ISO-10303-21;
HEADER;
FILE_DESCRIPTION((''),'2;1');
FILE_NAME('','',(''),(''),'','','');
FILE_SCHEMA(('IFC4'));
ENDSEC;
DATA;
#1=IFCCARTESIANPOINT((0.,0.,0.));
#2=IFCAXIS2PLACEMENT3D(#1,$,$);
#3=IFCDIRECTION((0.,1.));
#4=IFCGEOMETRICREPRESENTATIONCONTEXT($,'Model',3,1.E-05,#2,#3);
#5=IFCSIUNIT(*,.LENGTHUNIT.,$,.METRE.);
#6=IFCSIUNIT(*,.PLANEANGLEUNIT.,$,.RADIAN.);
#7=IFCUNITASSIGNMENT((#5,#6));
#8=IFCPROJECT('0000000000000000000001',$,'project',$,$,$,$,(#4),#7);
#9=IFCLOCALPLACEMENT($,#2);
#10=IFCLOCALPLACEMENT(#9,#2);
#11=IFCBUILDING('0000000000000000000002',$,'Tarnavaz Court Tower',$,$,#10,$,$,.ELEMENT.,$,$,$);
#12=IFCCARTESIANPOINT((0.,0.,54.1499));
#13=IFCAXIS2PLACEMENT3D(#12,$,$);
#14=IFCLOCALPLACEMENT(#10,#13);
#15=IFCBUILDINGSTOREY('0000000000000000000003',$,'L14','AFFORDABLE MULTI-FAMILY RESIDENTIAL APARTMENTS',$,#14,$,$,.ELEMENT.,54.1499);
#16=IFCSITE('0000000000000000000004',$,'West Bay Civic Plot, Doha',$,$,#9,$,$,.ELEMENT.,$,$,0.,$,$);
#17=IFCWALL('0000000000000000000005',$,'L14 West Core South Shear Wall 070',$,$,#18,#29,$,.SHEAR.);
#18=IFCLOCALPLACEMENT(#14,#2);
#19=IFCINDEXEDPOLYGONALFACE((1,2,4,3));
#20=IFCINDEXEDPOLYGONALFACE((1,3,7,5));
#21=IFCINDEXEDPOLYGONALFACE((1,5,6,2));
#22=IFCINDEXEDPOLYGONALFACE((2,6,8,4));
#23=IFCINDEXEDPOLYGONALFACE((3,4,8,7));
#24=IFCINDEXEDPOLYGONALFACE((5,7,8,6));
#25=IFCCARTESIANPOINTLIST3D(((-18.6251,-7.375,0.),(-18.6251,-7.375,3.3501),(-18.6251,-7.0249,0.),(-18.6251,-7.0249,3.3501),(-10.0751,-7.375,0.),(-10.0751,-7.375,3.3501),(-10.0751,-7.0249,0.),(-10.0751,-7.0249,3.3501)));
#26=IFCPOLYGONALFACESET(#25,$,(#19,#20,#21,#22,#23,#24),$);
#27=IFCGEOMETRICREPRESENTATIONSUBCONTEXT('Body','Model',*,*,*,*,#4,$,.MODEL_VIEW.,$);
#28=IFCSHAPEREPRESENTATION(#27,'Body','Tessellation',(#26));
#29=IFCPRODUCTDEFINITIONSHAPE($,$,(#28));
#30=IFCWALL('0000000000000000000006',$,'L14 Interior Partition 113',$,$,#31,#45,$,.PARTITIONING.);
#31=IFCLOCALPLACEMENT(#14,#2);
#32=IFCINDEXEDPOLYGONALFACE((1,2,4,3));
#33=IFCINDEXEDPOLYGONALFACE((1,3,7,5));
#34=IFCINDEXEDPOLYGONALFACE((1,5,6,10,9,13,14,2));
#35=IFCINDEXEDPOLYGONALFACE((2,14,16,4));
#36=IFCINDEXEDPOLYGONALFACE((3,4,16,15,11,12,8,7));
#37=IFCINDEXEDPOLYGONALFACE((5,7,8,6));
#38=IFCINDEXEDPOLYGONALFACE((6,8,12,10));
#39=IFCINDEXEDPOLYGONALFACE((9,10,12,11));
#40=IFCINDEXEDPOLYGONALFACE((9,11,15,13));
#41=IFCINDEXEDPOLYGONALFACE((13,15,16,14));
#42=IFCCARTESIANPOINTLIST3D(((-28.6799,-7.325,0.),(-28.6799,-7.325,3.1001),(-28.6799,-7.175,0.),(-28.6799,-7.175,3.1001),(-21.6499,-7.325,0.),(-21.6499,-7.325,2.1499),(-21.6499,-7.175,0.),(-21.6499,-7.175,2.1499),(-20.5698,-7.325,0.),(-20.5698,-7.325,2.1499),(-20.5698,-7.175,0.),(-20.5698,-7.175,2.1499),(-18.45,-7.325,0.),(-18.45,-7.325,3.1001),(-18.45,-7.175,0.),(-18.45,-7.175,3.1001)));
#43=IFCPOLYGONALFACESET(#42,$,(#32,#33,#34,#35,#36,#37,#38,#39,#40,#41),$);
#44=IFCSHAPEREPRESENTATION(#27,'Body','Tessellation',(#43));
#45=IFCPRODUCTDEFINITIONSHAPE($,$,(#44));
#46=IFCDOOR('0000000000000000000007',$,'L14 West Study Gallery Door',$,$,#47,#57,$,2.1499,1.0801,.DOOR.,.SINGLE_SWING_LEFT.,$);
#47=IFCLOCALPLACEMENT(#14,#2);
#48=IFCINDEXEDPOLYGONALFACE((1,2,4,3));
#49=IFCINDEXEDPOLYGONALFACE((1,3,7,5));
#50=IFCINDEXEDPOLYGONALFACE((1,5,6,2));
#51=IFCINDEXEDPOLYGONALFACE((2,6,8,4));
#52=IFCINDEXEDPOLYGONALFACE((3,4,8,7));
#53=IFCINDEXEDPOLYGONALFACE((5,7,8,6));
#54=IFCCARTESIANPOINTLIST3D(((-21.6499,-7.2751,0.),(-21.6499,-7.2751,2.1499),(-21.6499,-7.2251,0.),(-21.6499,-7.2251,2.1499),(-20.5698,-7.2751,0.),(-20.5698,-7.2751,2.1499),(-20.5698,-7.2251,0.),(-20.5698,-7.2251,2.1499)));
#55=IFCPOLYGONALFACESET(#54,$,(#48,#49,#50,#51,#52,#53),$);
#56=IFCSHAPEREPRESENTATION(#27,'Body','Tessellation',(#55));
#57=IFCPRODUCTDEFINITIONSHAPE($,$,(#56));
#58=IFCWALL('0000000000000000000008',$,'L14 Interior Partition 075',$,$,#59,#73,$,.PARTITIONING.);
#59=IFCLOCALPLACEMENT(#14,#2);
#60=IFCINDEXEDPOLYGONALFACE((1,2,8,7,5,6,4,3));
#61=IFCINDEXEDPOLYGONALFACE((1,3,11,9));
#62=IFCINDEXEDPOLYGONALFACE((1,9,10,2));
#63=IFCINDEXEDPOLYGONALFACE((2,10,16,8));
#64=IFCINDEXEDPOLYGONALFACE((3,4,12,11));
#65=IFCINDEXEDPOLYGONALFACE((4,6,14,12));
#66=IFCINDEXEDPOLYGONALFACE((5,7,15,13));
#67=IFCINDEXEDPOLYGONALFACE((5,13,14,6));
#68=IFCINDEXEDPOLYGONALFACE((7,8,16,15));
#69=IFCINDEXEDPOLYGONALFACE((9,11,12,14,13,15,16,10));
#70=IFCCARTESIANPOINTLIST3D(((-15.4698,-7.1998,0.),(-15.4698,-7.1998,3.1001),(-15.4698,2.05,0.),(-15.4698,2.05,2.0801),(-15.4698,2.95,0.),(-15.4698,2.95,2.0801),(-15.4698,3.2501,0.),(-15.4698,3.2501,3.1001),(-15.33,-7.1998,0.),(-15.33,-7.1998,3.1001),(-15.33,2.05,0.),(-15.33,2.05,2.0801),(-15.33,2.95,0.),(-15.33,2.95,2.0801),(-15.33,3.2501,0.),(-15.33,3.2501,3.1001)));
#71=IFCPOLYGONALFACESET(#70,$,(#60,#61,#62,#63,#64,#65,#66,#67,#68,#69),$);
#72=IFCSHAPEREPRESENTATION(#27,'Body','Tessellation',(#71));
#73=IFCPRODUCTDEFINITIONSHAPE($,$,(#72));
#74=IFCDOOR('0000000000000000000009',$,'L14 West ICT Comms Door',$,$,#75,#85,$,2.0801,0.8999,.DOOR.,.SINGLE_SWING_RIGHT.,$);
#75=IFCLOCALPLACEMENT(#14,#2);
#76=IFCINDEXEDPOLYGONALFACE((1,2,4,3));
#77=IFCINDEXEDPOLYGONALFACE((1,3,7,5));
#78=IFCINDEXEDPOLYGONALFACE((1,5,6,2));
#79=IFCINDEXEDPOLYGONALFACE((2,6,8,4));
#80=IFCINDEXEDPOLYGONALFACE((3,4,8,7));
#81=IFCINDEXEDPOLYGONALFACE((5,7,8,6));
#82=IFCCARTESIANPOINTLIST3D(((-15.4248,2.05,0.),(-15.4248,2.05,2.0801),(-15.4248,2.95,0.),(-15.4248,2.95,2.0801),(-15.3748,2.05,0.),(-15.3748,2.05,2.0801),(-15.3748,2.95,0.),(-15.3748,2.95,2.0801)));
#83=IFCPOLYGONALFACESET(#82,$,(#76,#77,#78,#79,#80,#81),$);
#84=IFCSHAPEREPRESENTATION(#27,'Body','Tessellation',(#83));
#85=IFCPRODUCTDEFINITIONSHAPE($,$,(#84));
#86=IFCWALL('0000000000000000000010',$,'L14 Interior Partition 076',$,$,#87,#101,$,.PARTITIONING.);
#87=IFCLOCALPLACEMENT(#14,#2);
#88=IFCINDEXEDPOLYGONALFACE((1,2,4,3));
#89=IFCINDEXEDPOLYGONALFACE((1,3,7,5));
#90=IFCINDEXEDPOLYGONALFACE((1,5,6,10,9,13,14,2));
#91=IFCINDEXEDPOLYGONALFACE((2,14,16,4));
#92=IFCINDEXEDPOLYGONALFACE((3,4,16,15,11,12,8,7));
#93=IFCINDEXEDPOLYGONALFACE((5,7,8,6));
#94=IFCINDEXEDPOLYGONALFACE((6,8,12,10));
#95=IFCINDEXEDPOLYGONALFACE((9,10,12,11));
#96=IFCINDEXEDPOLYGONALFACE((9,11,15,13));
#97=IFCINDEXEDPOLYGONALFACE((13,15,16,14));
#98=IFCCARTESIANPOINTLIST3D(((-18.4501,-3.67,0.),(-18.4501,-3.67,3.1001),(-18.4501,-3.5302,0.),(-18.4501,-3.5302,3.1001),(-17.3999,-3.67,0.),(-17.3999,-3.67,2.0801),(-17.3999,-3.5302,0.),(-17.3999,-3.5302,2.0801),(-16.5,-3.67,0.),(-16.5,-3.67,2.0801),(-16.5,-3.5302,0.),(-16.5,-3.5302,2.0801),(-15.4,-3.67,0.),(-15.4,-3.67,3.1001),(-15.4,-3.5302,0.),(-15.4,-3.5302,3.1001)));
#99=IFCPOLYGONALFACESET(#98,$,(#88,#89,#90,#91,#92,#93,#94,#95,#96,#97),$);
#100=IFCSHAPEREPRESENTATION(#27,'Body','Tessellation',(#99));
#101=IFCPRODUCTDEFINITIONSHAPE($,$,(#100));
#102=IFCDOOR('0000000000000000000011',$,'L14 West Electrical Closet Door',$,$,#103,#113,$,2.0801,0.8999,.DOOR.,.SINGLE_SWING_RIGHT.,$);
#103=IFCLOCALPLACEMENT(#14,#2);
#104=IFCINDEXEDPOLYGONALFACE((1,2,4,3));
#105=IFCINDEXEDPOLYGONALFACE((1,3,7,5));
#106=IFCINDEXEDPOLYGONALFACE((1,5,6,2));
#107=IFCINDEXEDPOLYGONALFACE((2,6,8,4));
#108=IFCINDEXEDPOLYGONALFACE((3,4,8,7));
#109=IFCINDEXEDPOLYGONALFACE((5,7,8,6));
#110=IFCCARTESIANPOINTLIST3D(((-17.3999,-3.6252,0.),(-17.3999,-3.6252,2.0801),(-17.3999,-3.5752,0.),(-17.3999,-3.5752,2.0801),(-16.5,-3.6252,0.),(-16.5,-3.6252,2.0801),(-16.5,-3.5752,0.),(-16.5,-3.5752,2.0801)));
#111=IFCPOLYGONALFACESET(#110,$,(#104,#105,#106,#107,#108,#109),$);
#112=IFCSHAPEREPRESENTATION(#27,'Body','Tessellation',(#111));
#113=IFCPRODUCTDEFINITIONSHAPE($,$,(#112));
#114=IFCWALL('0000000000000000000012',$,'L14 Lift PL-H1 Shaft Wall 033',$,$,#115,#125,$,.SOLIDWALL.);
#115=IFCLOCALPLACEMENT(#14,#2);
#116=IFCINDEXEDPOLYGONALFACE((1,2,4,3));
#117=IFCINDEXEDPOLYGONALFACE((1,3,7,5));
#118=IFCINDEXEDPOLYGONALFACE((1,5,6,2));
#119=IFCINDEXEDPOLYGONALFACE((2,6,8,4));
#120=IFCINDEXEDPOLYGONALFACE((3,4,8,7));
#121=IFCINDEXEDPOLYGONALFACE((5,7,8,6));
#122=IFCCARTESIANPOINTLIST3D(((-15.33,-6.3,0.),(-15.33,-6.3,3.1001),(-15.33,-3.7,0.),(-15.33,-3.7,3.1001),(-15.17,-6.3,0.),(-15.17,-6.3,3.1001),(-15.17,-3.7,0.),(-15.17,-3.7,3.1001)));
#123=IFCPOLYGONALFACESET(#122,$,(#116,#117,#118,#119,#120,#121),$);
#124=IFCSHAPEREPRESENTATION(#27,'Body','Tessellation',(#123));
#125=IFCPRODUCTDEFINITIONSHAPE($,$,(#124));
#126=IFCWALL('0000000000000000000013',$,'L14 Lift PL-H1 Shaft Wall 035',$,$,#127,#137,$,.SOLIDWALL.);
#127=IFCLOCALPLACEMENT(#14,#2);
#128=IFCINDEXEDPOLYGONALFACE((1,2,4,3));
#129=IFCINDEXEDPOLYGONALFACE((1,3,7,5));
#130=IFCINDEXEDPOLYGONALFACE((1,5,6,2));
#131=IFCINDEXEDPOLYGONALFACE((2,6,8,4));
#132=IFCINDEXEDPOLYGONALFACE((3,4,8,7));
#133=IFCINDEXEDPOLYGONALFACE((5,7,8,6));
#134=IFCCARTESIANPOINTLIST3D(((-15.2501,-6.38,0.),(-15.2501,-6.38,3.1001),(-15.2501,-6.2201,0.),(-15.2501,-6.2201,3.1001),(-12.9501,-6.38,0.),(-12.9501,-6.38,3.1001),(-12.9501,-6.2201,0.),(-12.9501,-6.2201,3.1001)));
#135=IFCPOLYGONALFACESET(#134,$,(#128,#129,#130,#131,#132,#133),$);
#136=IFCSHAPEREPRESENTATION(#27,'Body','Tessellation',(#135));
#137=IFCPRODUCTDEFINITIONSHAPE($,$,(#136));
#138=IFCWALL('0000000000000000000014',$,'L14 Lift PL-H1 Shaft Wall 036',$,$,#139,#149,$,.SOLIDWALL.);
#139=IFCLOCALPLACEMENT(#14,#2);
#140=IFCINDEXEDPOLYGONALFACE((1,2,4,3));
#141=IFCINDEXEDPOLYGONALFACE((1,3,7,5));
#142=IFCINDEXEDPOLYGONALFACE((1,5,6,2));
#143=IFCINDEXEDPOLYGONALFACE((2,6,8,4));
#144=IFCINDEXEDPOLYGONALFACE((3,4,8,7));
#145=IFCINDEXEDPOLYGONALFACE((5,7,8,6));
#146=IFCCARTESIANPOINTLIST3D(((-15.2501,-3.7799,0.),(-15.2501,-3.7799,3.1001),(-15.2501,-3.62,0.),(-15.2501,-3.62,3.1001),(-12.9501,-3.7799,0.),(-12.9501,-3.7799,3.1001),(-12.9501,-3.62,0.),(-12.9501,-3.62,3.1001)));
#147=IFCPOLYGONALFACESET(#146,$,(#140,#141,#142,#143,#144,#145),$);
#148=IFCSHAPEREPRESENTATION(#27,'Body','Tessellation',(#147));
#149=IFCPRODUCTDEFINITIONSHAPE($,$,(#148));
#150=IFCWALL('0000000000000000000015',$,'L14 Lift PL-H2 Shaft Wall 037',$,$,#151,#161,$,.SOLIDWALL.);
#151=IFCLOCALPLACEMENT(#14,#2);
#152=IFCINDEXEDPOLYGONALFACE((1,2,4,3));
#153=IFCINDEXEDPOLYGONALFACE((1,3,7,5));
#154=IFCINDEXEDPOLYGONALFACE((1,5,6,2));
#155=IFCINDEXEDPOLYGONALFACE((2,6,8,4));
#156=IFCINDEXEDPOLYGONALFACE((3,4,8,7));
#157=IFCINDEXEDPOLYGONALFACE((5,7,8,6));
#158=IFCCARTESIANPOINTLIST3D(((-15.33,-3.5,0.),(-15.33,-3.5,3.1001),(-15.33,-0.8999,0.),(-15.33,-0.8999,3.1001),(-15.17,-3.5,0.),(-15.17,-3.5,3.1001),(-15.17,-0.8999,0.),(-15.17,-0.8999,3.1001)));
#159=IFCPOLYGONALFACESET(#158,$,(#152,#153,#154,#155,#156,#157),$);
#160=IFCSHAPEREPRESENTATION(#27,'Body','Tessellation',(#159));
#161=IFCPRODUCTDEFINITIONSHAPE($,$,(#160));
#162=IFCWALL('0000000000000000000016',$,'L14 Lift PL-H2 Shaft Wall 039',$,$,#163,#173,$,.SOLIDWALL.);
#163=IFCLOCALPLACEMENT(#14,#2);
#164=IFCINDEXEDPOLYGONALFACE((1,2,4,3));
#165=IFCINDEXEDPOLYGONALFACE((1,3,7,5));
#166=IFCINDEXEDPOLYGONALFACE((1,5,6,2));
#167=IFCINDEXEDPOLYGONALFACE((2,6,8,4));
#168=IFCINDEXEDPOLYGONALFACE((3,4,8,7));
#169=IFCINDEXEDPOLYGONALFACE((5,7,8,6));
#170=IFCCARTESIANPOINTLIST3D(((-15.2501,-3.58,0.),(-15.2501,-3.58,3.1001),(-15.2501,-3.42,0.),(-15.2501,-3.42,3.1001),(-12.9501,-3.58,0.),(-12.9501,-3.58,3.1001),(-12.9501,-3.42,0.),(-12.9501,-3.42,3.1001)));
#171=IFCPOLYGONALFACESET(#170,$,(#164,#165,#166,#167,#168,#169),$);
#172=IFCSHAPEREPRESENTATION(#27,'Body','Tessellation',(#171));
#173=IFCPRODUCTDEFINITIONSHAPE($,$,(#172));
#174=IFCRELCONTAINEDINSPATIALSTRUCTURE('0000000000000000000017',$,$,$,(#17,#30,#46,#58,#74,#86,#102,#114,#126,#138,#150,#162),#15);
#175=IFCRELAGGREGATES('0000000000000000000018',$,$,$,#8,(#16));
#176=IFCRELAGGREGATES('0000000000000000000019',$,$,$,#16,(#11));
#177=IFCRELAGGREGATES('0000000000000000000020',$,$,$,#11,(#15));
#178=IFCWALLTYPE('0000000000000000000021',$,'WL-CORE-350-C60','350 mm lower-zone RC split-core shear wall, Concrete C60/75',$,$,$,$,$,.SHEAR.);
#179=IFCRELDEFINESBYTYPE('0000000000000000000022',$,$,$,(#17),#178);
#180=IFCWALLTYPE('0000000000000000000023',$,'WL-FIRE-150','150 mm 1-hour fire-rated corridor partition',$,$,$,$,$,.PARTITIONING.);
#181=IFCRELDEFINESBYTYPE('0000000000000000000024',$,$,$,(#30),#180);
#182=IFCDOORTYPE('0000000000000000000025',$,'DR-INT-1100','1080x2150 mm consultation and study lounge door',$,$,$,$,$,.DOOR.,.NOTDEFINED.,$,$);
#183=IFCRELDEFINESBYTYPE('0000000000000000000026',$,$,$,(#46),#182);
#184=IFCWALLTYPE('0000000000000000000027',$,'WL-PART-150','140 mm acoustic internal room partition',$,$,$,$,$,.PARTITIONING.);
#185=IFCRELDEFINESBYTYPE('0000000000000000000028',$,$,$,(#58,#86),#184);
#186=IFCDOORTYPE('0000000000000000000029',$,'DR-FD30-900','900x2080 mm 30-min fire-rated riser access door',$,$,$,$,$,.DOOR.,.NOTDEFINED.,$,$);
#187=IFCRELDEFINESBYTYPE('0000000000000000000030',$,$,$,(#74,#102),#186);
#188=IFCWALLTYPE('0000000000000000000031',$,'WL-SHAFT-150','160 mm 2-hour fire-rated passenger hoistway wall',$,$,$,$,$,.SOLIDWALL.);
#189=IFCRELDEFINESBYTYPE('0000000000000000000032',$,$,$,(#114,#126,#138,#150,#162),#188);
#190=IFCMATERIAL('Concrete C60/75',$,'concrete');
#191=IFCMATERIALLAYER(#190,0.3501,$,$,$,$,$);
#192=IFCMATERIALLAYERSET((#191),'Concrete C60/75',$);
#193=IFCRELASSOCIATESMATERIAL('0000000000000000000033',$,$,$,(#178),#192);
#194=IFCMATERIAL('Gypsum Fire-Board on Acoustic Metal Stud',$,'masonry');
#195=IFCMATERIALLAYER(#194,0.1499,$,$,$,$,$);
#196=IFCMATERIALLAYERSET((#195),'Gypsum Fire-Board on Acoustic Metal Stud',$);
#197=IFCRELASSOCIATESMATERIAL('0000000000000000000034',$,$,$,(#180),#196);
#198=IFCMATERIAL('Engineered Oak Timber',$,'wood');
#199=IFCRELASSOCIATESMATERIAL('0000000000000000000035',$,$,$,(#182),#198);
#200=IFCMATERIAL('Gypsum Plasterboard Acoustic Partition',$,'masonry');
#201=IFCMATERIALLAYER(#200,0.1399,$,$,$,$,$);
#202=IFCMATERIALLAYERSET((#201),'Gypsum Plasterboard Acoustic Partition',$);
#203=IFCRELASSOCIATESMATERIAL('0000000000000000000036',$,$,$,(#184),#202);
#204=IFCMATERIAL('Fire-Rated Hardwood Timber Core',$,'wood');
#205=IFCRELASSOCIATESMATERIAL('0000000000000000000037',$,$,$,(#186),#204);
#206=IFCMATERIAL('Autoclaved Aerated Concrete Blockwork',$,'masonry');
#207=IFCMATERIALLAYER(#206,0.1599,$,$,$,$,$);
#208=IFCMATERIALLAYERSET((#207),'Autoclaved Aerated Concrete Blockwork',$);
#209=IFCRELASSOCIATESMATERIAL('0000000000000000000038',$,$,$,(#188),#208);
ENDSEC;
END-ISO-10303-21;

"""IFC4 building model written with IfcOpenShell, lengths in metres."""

from ifc_helpers import new_model, si_unit, direction, frame, frame_2d, origin, place, context, subcontext, project, spatial, rectangle, extrude, material, layer, layer_set, type_object, element, fill, save


model = new_model("IFC4")

# Units and contexts
model_context = context("Model", 3, precision=1e-05, world=origin(), true_north=direction((0.0, 1.0)))
body_context = subcontext(model_context, "Body", "Model", "MODEL_VIEW")
ifc_project = project(units=[si_unit("LENGTHUNIT", "METRE"), si_unit("PLANEANGLEUNIT", "RADIAN")], contexts=[model_context])

# Site, building, storey
site_placement = place(None, origin())
site = spatial("IfcSite", under=ifc_project, at=site_placement, Name="West Bay Civic Plot, Doha", CompositionType="ELEMENT", RefElevation=0.0)
building_placement = place(site_placement, origin())
building = spatial("IfcBuilding", under=site, at=building_placement, Name="Tarnavaz Court Tower", CompositionType="ELEMENT")
storey_placement = place(building_placement, frame((0.0, 0.0, 54.1499)))
storey = spatial("IfcBuildingStorey", under=building, at=storey_placement, Name="L14", Description="AFFORDABLE MULTI-FAMILY RESIDENTIAL APARTMENTS", CompositionType="ELEMENT", Elevation=54.1499)

# Shared definitions
ifc_material_1 = material(Name="Concrete C60/75", Category="concrete")

# Wall
ifc_layer_1 = layer(ifc_material_1, 0.3501)
ifc_layer_set_1 = layer_set([ifc_layer_1], Name="Concrete C60/75")
wall_type_1 = type_object("IfcWallType", Name="WL-CORE-350-C60", Description="350 mm lower-zone RC split-core shear wall, Concrete C60/75", PredefinedType="SHEAR", material=ifc_layer_set_1)
wall_1_placement = place(storey_placement, frame((-18.625, -7.2, 0.0), z_axis=(0.0, 0.0, 1.0), x_axis=(1.0, 0.0, 0.0)))
element("IfcWall", 1, at=wall_1_placement, inside=storey, type_object=wall_type_1, Name="L14 West Core South Shear Wall 070", PredefinedType="SHEAR", context=body_context, shape_type="SweptSolid", body=[
    extrude(rectangle(XDim=8.55, YDim=0.3501, at=frame_2d((4.2749, 0.0))), origin(), (0.0, 0.0, 1.0), 3.3501),
])

# Walls, openings, doors
ifc_material_2 = material(Name="Gypsum Fire-Board on Acoustic Metal Stud", Category="masonry")
ifc_layer_2 = layer(ifc_material_2, 0.1499)
ifc_layer_set_2 = layer_set([ifc_layer_2], Name="Gypsum Fire-Board on Acoustic Metal Stud")
wall_type_2 = type_object("IfcWallType", Name="WL-FIRE-150", Description="150 mm 1-hour fire-rated corridor partition", PredefinedType="PARTITIONING", material=ifc_layer_set_2)
wall_2_placement = place(storey_placement, frame((-28.6799, -7.25, 0.0), z_axis=(0.0, 0.0, 1.0), x_axis=(1.0, 0.0, 0.0)))
wall_2 = element("IfcWall", 2, at=wall_2_placement, inside=storey, type_object=wall_type_2, Name="L14 Interior Partition 113", PredefinedType="PARTITIONING", context=body_context, shape_type="SweptSolid", body=[
    extrude(rectangle(XDim=10.23, YDim=0.1499, at=frame_2d((5.115, 0.0))), origin(), (0.0, 0.0, 1.0), 3.1001),
])
opening_1_placement = place(wall_2_placement, frame((7.03, 0.0, 0.0)))
opening_1 = element("IfcOpeningElement", 3, at=opening_1_placement, cuts=wall_2, PredefinedType="OPENING", context=body_context, shape_type="SweptSolid", body=[
    extrude(rectangle(XDim=1.0801, YDim=2.1499, at=frame_2d((0.54, 1.075))), frame((0.0, 0.085, 0.0), z_axis=(0.0, -1.0, 0.0), x_axis=(1.0, 0.0, 0.0)), (0.0, 0.0, 1.0), 0.1699),
])
ifc_material_3 = material(Name="Engineered Oak Timber", Category="wood")
door_type_1 = type_object("IfcDoorType", Name="DR-INT-1100", Description="1080x2150 mm consultation and study lounge door", OperationType="NOTDEFINED", PredefinedType="DOOR", material=ifc_material_3)
door_1_placement = place(opening_1_placement, origin())
door_1 = element("IfcDoor", 4, at=door_1_placement, inside=storey, type_object=door_type_1, Name="L14 West Study Gallery Door", OperationType="SINGLE_SWING_LEFT", OverallHeight=2.1499, OverallWidth=1.0801, PredefinedType="DOOR", context=body_context, shape_type="SweptSolid", body=[
    extrude(rectangle(XDim=1.0801, YDim=2.1499, at=frame_2d((0.54, 1.075))), frame((0.0, 0.0249, 0.0), z_axis=(0.0, -1.0, 0.0), x_axis=(1.0, 0.0, 0.0)), (0.0, 0.0, 1.0), 0.05),
])
fill(opening_1, door_1)
ifc_material_4 = material(Name="Gypsum Plasterboard Acoustic Partition", Category="masonry")
ifc_layer_3 = layer(ifc_material_4, 0.1399)
ifc_layer_set_3 = layer_set([ifc_layer_3], Name="Gypsum Plasterboard Acoustic Partition")
wall_type_3 = type_object("IfcWallType", Name="WL-PART-150", Description="140 mm acoustic internal room partition", PredefinedType="PARTITIONING", material=ifc_layer_set_3)
wall_3_placement = place(storey_placement, frame((-15.3999, -7.2, 0.0), z_axis=(0.0, 0.0, 1.0), x_axis=(0.0, 1.0, 0.0)))
wall_3 = element("IfcWall", 5, at=wall_3_placement, inside=storey, type_object=wall_type_3, Name="L14 Interior Partition 075", PredefinedType="PARTITIONING", context=body_context, shape_type="SweptSolid", body=[
    extrude(rectangle(XDim=10.45, YDim=0.1399, at=frame_2d((5.2251, 0.0))), origin(), (0.0, 0.0, 1.0), 3.1001),
])
opening_2_placement = place(wall_3_placement, frame((9.25, 0.0, 0.0)))
opening_2 = element("IfcOpeningElement", 6, at=opening_2_placement, cuts=wall_3, PredefinedType="OPENING", context=body_context, shape_type="SweptSolid", body=[
    extrude(rectangle(XDim=0.8999, YDim=2.0801, at=frame_2d((0.45, 1.04))), frame((0.0, 0.0798, 0.0), z_axis=(0.0, -1.0, 0.0), x_axis=(1.0, 0.0, 0.0)), (0.0, 0.0, 1.0), 0.1599),
])
ifc_material_5 = material(Name="Fire-Rated Hardwood Timber Core", Category="wood")
door_type_2 = type_object("IfcDoorType", Name="DR-FD30-900", Description="900x2080 mm 30-min fire-rated riser access door", OperationType="NOTDEFINED", PredefinedType="DOOR", material=ifc_material_5)
door_2_placement = place(opening_2_placement, origin())
door_2 = element("IfcDoor", 7, at=door_2_placement, inside=storey, type_object=door_type_2, Name="L14 West ICT Comms Door", OperationType="SINGLE_SWING_RIGHT", OverallHeight=2.0801, OverallWidth=0.8999, PredefinedType="DOOR", context=body_context, shape_type="SweptSolid", body=[
    extrude(rectangle(XDim=0.8999, YDim=2.0801, at=frame_2d((0.45, 1.04))), frame((0.0, 0.0249, 0.0), z_axis=(0.0, -1.0, 0.0), x_axis=(1.0, 0.0, 0.0)), (0.0, 0.0, 1.0), 0.05),
])
fill(opening_2, door_2)
wall_4_placement = place(storey_placement, frame((-18.45, -3.6001, 0.0), z_axis=(0.0, 0.0, 1.0), x_axis=(1.0, 0.0, 0.0)))
wall_4 = element("IfcWall", 8, at=wall_4_placement, inside=storey, type_object=wall_type_3, Name="L14 Interior Partition 076", PredefinedType="PARTITIONING", context=body_context, shape_type="SweptSolid", body=[
    extrude(rectangle(XDim=3.05, YDim=0.1399, at=frame_2d((1.5249, 0.0))), origin(), (0.0, 0.0, 1.0), 3.1001),
])
opening_3_placement = place(wall_4_placement, frame((1.05, 0.0, 0.0)))
opening_3 = element("IfcOpeningElement", 9, at=opening_3_placement, cuts=wall_4, PredefinedType="OPENING", context=body_context, shape_type="SweptSolid", body=[
    extrude(rectangle(XDim=0.8999, YDim=2.0801, at=frame_2d((0.45, 1.04))), frame((0.0, 0.0798, 0.0), z_axis=(0.0, -1.0, 0.0), x_axis=(1.0, 0.0, 0.0)), (0.0, 0.0, 1.0), 0.1599),
])
door_3_placement = place(opening_3_placement, origin())
door_3 = element("IfcDoor", 10, at=door_3_placement, inside=storey, type_object=door_type_2, Name="L14 West Electrical Closet Door", OperationType="SINGLE_SWING_RIGHT", OverallHeight=2.0801, OverallWidth=0.8999, PredefinedType="DOOR", context=body_context, shape_type="SweptSolid", body=[
    extrude(rectangle(XDim=0.8999, YDim=2.0801, at=frame_2d((0.45, 1.04))), frame((0.0, 0.0249, 0.0), z_axis=(0.0, -1.0, 0.0), x_axis=(1.0, 0.0, 0.0)), (0.0, 0.0, 1.0), 0.05),
])
fill(opening_3, door_3)

# Walls
ifc_material_6 = material(Name="Autoclaved Aerated Concrete Blockwork", Category="masonry")
ifc_layer_4 = layer(ifc_material_6, 0.1599)
ifc_layer_set_4 = layer_set([ifc_layer_4], Name="Autoclaved Aerated Concrete Blockwork")
wall_type_4 = type_object("IfcWallType", Name="WL-SHAFT-150", Description="160 mm 2-hour fire-rated passenger hoistway wall", PredefinedType="SOLIDWALL", material=ifc_layer_set_4)
wall_5_placement = place(storey_placement, frame((-15.25, -6.3, 0.0), z_axis=(0.0, 0.0, 1.0), x_axis=(0.0, 1.0, 0.0)))
element("IfcWall", 11, at=wall_5_placement, inside=storey, type_object=wall_type_4, Name="L14 Lift PL-H1 Shaft Wall 033", PredefinedType="SOLIDWALL", context=body_context, shape_type="SweptSolid", body=[
    extrude(rectangle(XDim=2.6001, YDim=0.1599, at=frame_2d((1.3, 0.0))), origin(), (0.0, 0.0, 1.0), 3.1001),
])
for number, where, z_axis, x_axis, name in (
    (12, (-15.25, -6.3, 0.0), (0.0, 0.0, 1.0), (1.0, 0.0, 0.0), "L14 Lift PL-H1 Shaft Wall 035"),
    (13, (-15.25, -3.7, 0.0), (0.0, 0.0, 1.0), (1.0, 0.0, 0.0), "L14 Lift PL-H1 Shaft Wall 036"),
):
    element("IfcWall", number, at=place(storey_placement, frame(where, z_axis=z_axis, x_axis=x_axis)), inside=storey, type_object=wall_type_4, Name=name, PredefinedType="SOLIDWALL", context=body_context, shape_type="SweptSolid", body=[
        extrude(rectangle(XDim=2.3, YDim=0.1599, at=frame_2d((1.1499, 0.0))), origin(), (0.0, 0.0, 1.0), 3.1001),
    ])
wall_6_placement = place(storey_placement, frame((-15.25, -3.5, 0.0), z_axis=(0.0, 0.0, 1.0), x_axis=(0.0, 1.0, 0.0)))
element("IfcWall", 14, at=wall_6_placement, inside=storey, type_object=wall_type_4, Name="L14 Lift PL-H2 Shaft Wall 037", PredefinedType="SOLIDWALL", context=body_context, shape_type="SweptSolid", body=[
    extrude(rectangle(XDim=2.6001, YDim=0.1599, at=frame_2d((1.3, 0.0))), origin(), (0.0, 0.0, 1.0), 3.1001),
])
for number, where, z_axis, x_axis, name in (
    (15, (-15.25, -3.5, 0.0), (0.0, 0.0, 1.0), (1.0, 0.0, 0.0), "L14 Lift PL-H2 Shaft Wall 039"),
):
    element("IfcWall", number, at=place(storey_placement, frame(where, z_axis=z_axis, x_axis=x_axis)), inside=storey, type_object=wall_type_4, Name=name, PredefinedType="SOLIDWALL", context=body_context, shape_type="SweptSolid", body=[
        extrude(rectangle(XDim=2.3, YDim=0.1599, at=frame_2d((1.1499, 0.0))), origin(), (0.0, 0.0, 1.0), 3.1001),
    ])

save(model, "model.ifc")
